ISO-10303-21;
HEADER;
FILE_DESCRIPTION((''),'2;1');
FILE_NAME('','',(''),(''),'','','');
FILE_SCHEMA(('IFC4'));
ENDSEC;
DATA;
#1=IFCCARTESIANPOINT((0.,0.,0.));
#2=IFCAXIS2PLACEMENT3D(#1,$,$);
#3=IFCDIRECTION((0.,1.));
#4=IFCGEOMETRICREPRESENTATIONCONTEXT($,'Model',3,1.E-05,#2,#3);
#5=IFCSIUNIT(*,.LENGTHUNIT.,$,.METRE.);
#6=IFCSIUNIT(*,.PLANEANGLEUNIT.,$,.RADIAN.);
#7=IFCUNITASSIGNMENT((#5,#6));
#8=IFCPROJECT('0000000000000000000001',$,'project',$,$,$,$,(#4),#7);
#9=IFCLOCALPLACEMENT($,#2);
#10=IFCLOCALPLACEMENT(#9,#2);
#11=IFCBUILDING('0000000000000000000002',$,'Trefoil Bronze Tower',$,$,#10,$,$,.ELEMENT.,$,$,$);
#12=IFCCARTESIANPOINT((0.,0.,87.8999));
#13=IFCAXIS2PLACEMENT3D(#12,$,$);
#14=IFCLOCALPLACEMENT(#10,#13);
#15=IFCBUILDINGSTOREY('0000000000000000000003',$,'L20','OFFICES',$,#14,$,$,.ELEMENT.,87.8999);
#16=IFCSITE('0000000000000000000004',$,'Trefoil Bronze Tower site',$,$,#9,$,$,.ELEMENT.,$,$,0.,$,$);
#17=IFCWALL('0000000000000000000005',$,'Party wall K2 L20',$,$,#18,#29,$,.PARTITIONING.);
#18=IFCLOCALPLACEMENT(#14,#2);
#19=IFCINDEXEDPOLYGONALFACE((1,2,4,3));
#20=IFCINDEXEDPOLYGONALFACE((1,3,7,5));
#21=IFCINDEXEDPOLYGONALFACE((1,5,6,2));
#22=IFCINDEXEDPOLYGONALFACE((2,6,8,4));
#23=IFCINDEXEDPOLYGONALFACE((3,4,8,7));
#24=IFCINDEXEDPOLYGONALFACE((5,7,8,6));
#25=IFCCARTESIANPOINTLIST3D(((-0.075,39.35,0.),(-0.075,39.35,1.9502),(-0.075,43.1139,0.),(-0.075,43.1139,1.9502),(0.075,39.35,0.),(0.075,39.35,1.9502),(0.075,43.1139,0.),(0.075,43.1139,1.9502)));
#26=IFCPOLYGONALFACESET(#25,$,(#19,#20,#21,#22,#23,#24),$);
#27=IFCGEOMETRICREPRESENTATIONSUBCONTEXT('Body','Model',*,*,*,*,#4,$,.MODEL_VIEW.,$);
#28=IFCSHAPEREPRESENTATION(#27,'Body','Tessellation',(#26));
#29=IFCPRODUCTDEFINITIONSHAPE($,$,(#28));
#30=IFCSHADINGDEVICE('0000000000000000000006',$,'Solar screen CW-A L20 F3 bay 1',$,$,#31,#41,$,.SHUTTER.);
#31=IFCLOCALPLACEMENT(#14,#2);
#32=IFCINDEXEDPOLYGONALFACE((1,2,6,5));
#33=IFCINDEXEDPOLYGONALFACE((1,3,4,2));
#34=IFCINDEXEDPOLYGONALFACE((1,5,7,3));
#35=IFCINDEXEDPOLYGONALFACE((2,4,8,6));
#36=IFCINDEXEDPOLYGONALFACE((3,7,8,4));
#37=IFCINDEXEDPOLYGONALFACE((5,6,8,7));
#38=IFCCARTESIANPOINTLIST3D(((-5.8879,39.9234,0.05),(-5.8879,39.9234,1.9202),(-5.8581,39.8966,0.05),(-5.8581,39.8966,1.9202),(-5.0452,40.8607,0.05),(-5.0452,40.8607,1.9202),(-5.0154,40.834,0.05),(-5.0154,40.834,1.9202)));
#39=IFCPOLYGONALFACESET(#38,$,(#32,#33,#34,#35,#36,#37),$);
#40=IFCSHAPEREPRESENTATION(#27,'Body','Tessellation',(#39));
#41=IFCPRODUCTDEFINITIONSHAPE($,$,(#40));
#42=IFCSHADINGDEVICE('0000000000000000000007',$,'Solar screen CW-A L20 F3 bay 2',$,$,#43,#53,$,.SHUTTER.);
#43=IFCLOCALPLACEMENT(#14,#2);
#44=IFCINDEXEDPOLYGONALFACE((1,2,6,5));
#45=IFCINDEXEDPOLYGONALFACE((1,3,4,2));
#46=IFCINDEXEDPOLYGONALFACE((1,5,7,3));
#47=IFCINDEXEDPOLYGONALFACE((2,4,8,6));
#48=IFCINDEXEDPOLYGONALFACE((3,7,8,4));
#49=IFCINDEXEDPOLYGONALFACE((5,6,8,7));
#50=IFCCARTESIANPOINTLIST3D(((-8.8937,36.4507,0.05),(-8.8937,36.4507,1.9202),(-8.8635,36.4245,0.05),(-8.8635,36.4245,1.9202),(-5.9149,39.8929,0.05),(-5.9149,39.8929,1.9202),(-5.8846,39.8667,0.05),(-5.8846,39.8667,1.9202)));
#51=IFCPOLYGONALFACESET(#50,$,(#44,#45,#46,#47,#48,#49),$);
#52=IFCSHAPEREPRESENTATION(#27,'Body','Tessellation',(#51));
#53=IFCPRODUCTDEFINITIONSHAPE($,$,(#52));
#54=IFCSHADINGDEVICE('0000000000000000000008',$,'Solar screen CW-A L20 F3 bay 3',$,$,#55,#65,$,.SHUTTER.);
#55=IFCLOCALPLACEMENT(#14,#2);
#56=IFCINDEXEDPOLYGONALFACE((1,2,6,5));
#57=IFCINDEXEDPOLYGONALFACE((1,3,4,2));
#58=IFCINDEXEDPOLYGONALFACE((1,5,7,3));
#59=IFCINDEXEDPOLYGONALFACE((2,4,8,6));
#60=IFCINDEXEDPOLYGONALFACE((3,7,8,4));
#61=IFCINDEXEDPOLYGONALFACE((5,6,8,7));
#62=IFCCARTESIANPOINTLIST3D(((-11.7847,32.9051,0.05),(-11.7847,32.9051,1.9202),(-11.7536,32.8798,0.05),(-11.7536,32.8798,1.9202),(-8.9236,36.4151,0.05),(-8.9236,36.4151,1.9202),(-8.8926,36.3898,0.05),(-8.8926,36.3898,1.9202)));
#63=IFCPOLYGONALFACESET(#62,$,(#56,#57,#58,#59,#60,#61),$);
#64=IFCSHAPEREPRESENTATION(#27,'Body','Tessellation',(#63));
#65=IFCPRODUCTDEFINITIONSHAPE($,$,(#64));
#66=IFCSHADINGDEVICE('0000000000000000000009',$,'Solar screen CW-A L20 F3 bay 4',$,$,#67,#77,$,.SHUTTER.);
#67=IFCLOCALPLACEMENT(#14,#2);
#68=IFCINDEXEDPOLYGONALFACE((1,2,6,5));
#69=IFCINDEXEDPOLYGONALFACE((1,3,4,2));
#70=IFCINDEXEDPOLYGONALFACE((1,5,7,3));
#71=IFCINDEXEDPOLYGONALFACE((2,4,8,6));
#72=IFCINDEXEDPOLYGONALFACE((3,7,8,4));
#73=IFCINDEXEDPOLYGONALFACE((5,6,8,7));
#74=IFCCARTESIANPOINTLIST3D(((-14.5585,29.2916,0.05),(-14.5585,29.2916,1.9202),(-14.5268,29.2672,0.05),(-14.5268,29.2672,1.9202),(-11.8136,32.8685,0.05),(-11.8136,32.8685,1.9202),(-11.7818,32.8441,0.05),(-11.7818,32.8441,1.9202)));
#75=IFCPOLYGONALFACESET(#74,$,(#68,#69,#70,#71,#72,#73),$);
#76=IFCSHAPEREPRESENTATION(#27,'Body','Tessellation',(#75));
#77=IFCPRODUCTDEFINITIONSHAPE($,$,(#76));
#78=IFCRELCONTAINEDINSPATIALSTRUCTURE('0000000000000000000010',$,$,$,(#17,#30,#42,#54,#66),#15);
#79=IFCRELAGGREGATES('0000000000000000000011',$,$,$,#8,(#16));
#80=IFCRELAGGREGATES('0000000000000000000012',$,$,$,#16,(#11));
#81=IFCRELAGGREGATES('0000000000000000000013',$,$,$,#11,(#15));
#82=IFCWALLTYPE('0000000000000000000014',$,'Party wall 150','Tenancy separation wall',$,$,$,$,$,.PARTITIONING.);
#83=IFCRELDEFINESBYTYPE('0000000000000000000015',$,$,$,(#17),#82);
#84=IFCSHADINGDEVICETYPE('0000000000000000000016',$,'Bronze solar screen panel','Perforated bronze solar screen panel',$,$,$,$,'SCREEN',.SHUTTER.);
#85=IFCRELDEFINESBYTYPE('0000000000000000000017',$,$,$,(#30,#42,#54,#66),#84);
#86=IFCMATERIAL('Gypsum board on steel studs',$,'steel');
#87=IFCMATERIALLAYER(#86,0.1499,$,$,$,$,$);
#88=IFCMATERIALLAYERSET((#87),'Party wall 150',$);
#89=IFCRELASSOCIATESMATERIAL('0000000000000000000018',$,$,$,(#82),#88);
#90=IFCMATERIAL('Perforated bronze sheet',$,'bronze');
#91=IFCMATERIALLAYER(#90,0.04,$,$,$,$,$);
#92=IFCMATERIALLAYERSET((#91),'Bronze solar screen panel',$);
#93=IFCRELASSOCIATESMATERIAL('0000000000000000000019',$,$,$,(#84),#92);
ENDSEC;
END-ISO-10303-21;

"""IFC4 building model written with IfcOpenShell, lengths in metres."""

from ifc_helpers import new_model, si_unit, direction, frame, frame_2d, origin, origin_2d, place, context, subcontext, project, spatial, rectangle, extrude, material, layer, layer_set, type_object, element, save


model = new_model("IFC4")

# Units and contexts
model_context = context("Model", 3, precision=1e-05, world=origin(), true_north=direction((0.0, 1.0)))
body_context = subcontext(model_context, "Body", "Model", "MODEL_VIEW")
ifc_project = project(units=[si_unit("LENGTHUNIT", "METRE"), si_unit("PLANEANGLEUNIT", "RADIAN")], contexts=[model_context])

# Site, building, storey
site_placement = place(None, origin())
site = spatial("IfcSite", under=ifc_project, at=site_placement, Name="Trefoil Bronze Tower site", CompositionType="ELEMENT", RefElevation=0.0)
building_placement = place(site_placement, origin())
building = spatial("IfcBuilding", under=site, at=building_placement, Name="Trefoil Bronze Tower", CompositionType="ELEMENT")
storey_placement = place(building_placement, frame((0.0, 0.0, 87.8999)))
storey = spatial("IfcBuildingStorey", under=building, at=storey_placement, Name="L20", Description="OFFICES", CompositionType="ELEMENT", Elevation=87.8999)

# Wall
ifc_material_1 = material(Name="Gypsum board on steel studs", Category="steel")
ifc_layer_1 = layer(ifc_material_1, 0.1499)
ifc_layer_set_1 = layer_set([ifc_layer_1], Name="Party wall 150")
wall_type = type_object("IfcWallType", Name="Party wall 150", Description="Tenancy separation wall", PredefinedType="PARTITIONING", material=ifc_layer_set_1)
wall_placement = place(storey_placement, frame((0.0, 39.3501, 0.0), z_axis=(0.0, 0.0, 1.0), x_axis=(0.0, 1.0, 0.0)))
element("IfcWall", 1, at=wall_placement, inside=storey, type_object=wall_type, Name="Party wall K2 L20", PredefinedType="PARTITIONING", context=body_context, shape_type="SweptSolid", body=[
    extrude(rectangle(XDim=3.7639, YDim=0.1499, at=frame_2d((1.8818, 0.0))), origin(), (0.0, 0.0, 1.0), 1.9502),
])

# Shading devices
ifc_material_2 = material(Name="Perforated bronze sheet", Category="bronze")
ifc_layer_2 = layer(ifc_material_2, 0.04)
ifc_layer_set_2 = layer_set([ifc_layer_2], Name="Bronze solar screen panel")
shading_device_type = type_object("IfcShadingDeviceType", Name="Bronze solar screen panel", Description="Perforated bronze solar screen panel", ElementType="SCREEN", PredefinedType="SHUTTER", material=ifc_layer_set_2)
shading_device_1_placement = place(storey_placement, frame((-5.4517, 40.3787, 0.05), z_axis=(0.0, 0.0, 1.0), x_axis=(-0.668575, -0.743645, 0.0)))
element("IfcShadingDevice", 2, at=shading_device_1_placement, inside=storey, type_object=shading_device_type, Name="Solar screen CW-A L20 F3 bay 1", PredefinedType="SHUTTER", context=body_context, shape_type="SweptSolid", body=[
    extrude(rectangle(XDim=1.2605, YDim=0.04, at=origin_2d()), origin(), (0.0, 0.0, 1.0), 1.8701),
])
shading_device_2_placement = place(storey_placement, frame((-7.3892, 38.1587, 0.05), z_axis=(0.0, 0.0, 1.0), x_axis=(-0.654376, -0.756169, 0.0)))
element("IfcShadingDevice", 3, at=shading_device_2_placement, inside=storey, type_object=shading_device_type, Name="Solar screen CW-A L20 F3 bay 2", PredefinedType="SHUTTER", context=body_context, shape_type="SweptSolid", body=[
    extrude(rectangle(XDim=4.5522, YDim=0.04, at=origin_2d()), origin(), (0.0, 0.0, 1.0), 1.8701),
])
shading_device_3_placement = place(storey_placement, frame((-10.3386, 34.6475, 0.05), z_axis=(0.0, 0.0, 1.0), x_axis=(-0.631811, -0.775123, 0.0)))
element("IfcShadingDevice", 4, at=shading_device_3_placement, inside=storey, type_object=shading_device_type, Name="Solar screen CW-A L20 F3 bay 3", PredefinedType="SHUTTER", context=body_context, shape_type="SweptSolid", body=[
    extrude(rectangle(XDim=4.5283, YDim=0.04, at=origin_2d()), origin(), (0.0, 0.0, 1.0), 1.8701),
])
shading_device_4_placement = place(storey_placement, frame((-13.1702, 31.0679, 0.05), z_axis=(0.0, 0.0, 1.0), x_axis=(-0.608808, -0.793318, 0.0)))
element("IfcShadingDevice", 5, at=shading_device_4_placement, inside=storey, type_object=shading_device_type, Name="Solar screen CW-A L20 F3 bay 4", PredefinedType="SHUTTER", context=body_context, shape_type="SweptSolid", body=[
    extrude(rectangle(XDim=4.5088, YDim=0.04, at=origin_2d()), origin(), (0.0, 0.0, 1.0), 1.8701),
])

save(model, "model.ifc")
